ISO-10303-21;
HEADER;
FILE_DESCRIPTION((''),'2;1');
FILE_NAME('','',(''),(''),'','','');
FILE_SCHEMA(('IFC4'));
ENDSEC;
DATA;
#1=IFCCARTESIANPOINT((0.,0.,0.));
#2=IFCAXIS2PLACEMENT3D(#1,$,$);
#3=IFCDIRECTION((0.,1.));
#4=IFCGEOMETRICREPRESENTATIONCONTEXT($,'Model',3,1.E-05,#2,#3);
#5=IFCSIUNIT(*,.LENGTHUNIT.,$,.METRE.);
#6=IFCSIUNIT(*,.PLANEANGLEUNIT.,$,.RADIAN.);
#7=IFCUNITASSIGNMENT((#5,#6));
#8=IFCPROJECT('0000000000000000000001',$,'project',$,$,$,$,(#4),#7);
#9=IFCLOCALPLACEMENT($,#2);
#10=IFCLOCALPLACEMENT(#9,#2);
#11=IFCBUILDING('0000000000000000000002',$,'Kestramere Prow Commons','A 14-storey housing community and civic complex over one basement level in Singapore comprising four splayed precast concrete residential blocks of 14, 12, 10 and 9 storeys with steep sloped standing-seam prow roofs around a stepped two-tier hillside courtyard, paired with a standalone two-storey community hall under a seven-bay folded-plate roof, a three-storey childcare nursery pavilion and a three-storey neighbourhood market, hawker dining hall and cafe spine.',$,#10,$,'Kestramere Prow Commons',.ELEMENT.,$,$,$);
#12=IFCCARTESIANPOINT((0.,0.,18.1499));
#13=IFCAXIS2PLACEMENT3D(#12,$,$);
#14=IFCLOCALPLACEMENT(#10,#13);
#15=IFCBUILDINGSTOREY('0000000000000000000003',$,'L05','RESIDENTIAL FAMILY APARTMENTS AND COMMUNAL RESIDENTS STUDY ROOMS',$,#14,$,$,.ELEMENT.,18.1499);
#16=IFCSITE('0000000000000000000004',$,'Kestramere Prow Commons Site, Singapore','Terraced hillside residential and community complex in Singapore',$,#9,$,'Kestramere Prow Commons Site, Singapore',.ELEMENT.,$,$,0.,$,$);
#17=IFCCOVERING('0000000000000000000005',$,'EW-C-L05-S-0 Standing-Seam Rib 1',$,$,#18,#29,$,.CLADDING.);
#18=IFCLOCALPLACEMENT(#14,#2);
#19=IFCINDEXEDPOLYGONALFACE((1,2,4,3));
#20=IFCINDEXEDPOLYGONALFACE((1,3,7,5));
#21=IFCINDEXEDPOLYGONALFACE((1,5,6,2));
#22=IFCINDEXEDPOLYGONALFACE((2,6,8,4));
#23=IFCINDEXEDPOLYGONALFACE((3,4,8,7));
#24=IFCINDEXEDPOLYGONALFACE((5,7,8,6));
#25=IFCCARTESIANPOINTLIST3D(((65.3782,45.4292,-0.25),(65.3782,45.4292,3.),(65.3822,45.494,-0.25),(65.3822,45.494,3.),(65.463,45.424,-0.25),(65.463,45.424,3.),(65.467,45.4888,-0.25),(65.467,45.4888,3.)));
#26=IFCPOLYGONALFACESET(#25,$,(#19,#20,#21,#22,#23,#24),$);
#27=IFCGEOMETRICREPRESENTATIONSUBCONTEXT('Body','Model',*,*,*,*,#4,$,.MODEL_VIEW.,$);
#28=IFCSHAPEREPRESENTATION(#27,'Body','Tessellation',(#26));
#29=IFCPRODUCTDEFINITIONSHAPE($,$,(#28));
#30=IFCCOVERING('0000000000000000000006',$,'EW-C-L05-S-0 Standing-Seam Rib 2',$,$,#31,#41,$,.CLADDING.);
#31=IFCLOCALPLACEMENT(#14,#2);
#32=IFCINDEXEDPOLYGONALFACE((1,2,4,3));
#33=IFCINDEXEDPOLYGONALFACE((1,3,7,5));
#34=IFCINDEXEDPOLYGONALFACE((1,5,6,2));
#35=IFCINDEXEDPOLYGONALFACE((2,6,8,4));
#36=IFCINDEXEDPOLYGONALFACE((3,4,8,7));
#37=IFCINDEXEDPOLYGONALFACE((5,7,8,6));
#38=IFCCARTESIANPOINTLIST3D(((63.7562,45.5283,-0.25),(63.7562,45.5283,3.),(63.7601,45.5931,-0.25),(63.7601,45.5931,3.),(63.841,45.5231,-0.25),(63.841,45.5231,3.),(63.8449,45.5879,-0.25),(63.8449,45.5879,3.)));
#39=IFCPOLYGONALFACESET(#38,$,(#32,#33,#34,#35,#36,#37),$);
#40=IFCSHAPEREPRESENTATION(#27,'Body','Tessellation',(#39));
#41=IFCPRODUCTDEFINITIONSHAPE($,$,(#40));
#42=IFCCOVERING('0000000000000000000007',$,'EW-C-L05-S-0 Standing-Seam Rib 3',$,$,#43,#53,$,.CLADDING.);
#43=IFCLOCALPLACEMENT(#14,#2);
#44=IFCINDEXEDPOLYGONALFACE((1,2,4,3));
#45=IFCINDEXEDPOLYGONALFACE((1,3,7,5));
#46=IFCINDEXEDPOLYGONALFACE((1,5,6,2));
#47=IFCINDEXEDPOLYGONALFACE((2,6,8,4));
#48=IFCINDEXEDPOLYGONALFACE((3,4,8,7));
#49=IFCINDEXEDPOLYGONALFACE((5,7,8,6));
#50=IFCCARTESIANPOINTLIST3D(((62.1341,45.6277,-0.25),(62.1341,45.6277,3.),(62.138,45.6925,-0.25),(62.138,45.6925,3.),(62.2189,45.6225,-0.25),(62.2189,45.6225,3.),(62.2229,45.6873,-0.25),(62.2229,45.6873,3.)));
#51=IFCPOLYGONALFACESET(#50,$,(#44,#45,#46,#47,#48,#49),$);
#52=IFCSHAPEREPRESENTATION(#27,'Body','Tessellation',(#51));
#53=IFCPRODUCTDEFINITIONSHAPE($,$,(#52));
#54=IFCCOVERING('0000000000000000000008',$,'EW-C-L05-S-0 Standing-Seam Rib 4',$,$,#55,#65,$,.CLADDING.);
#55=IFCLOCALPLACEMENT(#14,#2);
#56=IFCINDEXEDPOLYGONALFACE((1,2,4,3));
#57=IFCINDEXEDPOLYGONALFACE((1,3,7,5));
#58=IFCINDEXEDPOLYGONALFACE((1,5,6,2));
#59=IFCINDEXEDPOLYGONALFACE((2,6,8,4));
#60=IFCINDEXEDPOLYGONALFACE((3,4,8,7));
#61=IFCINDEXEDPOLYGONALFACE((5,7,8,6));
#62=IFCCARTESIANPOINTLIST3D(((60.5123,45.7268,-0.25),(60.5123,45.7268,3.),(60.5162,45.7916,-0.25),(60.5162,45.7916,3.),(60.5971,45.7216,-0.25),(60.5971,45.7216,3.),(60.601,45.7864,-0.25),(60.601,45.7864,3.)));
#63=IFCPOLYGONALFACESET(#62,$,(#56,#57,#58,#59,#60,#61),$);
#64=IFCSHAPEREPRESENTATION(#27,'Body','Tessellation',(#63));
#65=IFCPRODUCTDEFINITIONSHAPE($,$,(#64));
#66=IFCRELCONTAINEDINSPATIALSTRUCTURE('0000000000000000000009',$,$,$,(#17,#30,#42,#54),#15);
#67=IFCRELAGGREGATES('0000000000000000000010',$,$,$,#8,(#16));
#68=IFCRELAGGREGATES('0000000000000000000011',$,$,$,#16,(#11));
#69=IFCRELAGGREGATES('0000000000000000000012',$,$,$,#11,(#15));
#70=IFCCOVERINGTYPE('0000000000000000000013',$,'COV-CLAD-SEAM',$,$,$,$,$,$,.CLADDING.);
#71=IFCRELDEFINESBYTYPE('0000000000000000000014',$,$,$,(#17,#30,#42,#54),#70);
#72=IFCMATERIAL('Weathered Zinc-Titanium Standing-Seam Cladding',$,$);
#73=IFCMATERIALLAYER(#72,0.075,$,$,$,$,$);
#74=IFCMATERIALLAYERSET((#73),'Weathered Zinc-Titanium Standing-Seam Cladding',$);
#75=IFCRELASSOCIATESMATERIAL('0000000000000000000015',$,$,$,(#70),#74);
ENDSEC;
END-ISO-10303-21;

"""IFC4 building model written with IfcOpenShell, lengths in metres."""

from ifc_helpers import new_model, si_unit, direction, frame, origin, origin_2d, place, context, subcontext, project, spatial, rectangle, extrude, material, layer, layer_set, type_object, element, save


model = new_model("IFC4")

# Units and contexts
model_context = context("Model", 3, precision=1e-05, world=origin(), true_north=direction((0.0, 1.0)))
body_context = subcontext(model_context, "Body", "Model", "MODEL_VIEW")
ifc_project = project(units=[si_unit("LENGTHUNIT", "METRE"), si_unit("PLANEANGLEUNIT", "RADIAN")], contexts=[model_context])

# Site, building, storey
site_placement = place(None, origin())
site = spatial("IfcSite", under=ifc_project, at=site_placement, Name="Kestramere Prow Commons Site, Singapore", Description="Terraced hillside residential and community complex in Singapore", LongName="Kestramere Prow Commons Site, Singapore", CompositionType="ELEMENT", RefElevation=0.0)
building_placement = place(site_placement, origin())
building = spatial("IfcBuilding", under=site, at=building_placement, Name="Kestramere Prow Commons", Description="A 14-storey housing community and civic complex over one basement level in Singapore comprising four splayed precast concrete residential blocks of 14, 12, 10 and 9 storeys with steep sloped standing-seam prow roofs around a stepped two-tier hillside courtyard, paired with a standalone two-storey community hall under a seven-bay folded-plate roof, a three-storey childcare nursery pavilion and a three-storey neighbourhood market, hawker dining hall and cafe spine.", LongName="Kestramere Prow Commons", CompositionType="ELEMENT")
storey_placement = place(building_placement, frame((0.0, 0.0, 18.1499)))
storey = spatial("IfcBuildingStorey", under=building, at=storey_placement, Name="L05", Description="RESIDENTIAL FAMILY APARTMENTS AND COMMUNAL RESIDENTS STUDY ROOMS", CompositionType="ELEMENT", Elevation=18.1499)

# Coverings
ifc_material_1 = material(Name="Weathered Zinc-Titanium Standing-Seam Cladding")
ifc_layer_1 = layer(ifc_material_1, 0.075)
ifc_layer_set_1 = layer_set([ifc_layer_1], Name="Weathered Zinc-Titanium Standing-Seam Cladding")
covering_type = type_object("IfcCoveringType", Name="COV-CLAD-SEAM", PredefinedType="CLADDING", material=ifc_layer_set_1)
for number, where, z_axis, x_axis, name in (
    (1, (65.4226, 45.459, -0.25), (0.0, 0.0, 1.0), (-0.998135, 0.061049, 0.0), "EW-C-L05-S-0 Standing-Seam Rib 1"),
    (2, (63.8005, 45.5581, -0.25), (0.0, 0.0, 1.0), (-0.998135, 0.061049, 0.0), "EW-C-L05-S-0 Standing-Seam Rib 2"),
    (3, (62.1785, 45.6575, -0.25), (0.0, 0.0, 1.0), (-0.998135, 0.061049, 0.0), "EW-C-L05-S-0 Standing-Seam Rib 3"),
    (4, (60.5566, 45.7566, -0.25), (0.0, 0.0, 1.0), (-0.998135, 0.061049, 0.0), "EW-C-L05-S-0 Standing-Seam Rib 4"),
):
    element("IfcCovering", number, at=place(storey_placement, frame(where, z_axis=z_axis, x_axis=x_axis)), inside=storey, type_object=covering_type, Name=name, PredefinedType="CLADDING", context=body_context, shape_type="SweptSolid", body=[
        extrude(rectangle(XDim=0.085, YDim=0.0649, at=origin_2d()), origin(), (0.0, 0.0, 1.0), 3.25),
    ])

save(model, "model.ifc")
